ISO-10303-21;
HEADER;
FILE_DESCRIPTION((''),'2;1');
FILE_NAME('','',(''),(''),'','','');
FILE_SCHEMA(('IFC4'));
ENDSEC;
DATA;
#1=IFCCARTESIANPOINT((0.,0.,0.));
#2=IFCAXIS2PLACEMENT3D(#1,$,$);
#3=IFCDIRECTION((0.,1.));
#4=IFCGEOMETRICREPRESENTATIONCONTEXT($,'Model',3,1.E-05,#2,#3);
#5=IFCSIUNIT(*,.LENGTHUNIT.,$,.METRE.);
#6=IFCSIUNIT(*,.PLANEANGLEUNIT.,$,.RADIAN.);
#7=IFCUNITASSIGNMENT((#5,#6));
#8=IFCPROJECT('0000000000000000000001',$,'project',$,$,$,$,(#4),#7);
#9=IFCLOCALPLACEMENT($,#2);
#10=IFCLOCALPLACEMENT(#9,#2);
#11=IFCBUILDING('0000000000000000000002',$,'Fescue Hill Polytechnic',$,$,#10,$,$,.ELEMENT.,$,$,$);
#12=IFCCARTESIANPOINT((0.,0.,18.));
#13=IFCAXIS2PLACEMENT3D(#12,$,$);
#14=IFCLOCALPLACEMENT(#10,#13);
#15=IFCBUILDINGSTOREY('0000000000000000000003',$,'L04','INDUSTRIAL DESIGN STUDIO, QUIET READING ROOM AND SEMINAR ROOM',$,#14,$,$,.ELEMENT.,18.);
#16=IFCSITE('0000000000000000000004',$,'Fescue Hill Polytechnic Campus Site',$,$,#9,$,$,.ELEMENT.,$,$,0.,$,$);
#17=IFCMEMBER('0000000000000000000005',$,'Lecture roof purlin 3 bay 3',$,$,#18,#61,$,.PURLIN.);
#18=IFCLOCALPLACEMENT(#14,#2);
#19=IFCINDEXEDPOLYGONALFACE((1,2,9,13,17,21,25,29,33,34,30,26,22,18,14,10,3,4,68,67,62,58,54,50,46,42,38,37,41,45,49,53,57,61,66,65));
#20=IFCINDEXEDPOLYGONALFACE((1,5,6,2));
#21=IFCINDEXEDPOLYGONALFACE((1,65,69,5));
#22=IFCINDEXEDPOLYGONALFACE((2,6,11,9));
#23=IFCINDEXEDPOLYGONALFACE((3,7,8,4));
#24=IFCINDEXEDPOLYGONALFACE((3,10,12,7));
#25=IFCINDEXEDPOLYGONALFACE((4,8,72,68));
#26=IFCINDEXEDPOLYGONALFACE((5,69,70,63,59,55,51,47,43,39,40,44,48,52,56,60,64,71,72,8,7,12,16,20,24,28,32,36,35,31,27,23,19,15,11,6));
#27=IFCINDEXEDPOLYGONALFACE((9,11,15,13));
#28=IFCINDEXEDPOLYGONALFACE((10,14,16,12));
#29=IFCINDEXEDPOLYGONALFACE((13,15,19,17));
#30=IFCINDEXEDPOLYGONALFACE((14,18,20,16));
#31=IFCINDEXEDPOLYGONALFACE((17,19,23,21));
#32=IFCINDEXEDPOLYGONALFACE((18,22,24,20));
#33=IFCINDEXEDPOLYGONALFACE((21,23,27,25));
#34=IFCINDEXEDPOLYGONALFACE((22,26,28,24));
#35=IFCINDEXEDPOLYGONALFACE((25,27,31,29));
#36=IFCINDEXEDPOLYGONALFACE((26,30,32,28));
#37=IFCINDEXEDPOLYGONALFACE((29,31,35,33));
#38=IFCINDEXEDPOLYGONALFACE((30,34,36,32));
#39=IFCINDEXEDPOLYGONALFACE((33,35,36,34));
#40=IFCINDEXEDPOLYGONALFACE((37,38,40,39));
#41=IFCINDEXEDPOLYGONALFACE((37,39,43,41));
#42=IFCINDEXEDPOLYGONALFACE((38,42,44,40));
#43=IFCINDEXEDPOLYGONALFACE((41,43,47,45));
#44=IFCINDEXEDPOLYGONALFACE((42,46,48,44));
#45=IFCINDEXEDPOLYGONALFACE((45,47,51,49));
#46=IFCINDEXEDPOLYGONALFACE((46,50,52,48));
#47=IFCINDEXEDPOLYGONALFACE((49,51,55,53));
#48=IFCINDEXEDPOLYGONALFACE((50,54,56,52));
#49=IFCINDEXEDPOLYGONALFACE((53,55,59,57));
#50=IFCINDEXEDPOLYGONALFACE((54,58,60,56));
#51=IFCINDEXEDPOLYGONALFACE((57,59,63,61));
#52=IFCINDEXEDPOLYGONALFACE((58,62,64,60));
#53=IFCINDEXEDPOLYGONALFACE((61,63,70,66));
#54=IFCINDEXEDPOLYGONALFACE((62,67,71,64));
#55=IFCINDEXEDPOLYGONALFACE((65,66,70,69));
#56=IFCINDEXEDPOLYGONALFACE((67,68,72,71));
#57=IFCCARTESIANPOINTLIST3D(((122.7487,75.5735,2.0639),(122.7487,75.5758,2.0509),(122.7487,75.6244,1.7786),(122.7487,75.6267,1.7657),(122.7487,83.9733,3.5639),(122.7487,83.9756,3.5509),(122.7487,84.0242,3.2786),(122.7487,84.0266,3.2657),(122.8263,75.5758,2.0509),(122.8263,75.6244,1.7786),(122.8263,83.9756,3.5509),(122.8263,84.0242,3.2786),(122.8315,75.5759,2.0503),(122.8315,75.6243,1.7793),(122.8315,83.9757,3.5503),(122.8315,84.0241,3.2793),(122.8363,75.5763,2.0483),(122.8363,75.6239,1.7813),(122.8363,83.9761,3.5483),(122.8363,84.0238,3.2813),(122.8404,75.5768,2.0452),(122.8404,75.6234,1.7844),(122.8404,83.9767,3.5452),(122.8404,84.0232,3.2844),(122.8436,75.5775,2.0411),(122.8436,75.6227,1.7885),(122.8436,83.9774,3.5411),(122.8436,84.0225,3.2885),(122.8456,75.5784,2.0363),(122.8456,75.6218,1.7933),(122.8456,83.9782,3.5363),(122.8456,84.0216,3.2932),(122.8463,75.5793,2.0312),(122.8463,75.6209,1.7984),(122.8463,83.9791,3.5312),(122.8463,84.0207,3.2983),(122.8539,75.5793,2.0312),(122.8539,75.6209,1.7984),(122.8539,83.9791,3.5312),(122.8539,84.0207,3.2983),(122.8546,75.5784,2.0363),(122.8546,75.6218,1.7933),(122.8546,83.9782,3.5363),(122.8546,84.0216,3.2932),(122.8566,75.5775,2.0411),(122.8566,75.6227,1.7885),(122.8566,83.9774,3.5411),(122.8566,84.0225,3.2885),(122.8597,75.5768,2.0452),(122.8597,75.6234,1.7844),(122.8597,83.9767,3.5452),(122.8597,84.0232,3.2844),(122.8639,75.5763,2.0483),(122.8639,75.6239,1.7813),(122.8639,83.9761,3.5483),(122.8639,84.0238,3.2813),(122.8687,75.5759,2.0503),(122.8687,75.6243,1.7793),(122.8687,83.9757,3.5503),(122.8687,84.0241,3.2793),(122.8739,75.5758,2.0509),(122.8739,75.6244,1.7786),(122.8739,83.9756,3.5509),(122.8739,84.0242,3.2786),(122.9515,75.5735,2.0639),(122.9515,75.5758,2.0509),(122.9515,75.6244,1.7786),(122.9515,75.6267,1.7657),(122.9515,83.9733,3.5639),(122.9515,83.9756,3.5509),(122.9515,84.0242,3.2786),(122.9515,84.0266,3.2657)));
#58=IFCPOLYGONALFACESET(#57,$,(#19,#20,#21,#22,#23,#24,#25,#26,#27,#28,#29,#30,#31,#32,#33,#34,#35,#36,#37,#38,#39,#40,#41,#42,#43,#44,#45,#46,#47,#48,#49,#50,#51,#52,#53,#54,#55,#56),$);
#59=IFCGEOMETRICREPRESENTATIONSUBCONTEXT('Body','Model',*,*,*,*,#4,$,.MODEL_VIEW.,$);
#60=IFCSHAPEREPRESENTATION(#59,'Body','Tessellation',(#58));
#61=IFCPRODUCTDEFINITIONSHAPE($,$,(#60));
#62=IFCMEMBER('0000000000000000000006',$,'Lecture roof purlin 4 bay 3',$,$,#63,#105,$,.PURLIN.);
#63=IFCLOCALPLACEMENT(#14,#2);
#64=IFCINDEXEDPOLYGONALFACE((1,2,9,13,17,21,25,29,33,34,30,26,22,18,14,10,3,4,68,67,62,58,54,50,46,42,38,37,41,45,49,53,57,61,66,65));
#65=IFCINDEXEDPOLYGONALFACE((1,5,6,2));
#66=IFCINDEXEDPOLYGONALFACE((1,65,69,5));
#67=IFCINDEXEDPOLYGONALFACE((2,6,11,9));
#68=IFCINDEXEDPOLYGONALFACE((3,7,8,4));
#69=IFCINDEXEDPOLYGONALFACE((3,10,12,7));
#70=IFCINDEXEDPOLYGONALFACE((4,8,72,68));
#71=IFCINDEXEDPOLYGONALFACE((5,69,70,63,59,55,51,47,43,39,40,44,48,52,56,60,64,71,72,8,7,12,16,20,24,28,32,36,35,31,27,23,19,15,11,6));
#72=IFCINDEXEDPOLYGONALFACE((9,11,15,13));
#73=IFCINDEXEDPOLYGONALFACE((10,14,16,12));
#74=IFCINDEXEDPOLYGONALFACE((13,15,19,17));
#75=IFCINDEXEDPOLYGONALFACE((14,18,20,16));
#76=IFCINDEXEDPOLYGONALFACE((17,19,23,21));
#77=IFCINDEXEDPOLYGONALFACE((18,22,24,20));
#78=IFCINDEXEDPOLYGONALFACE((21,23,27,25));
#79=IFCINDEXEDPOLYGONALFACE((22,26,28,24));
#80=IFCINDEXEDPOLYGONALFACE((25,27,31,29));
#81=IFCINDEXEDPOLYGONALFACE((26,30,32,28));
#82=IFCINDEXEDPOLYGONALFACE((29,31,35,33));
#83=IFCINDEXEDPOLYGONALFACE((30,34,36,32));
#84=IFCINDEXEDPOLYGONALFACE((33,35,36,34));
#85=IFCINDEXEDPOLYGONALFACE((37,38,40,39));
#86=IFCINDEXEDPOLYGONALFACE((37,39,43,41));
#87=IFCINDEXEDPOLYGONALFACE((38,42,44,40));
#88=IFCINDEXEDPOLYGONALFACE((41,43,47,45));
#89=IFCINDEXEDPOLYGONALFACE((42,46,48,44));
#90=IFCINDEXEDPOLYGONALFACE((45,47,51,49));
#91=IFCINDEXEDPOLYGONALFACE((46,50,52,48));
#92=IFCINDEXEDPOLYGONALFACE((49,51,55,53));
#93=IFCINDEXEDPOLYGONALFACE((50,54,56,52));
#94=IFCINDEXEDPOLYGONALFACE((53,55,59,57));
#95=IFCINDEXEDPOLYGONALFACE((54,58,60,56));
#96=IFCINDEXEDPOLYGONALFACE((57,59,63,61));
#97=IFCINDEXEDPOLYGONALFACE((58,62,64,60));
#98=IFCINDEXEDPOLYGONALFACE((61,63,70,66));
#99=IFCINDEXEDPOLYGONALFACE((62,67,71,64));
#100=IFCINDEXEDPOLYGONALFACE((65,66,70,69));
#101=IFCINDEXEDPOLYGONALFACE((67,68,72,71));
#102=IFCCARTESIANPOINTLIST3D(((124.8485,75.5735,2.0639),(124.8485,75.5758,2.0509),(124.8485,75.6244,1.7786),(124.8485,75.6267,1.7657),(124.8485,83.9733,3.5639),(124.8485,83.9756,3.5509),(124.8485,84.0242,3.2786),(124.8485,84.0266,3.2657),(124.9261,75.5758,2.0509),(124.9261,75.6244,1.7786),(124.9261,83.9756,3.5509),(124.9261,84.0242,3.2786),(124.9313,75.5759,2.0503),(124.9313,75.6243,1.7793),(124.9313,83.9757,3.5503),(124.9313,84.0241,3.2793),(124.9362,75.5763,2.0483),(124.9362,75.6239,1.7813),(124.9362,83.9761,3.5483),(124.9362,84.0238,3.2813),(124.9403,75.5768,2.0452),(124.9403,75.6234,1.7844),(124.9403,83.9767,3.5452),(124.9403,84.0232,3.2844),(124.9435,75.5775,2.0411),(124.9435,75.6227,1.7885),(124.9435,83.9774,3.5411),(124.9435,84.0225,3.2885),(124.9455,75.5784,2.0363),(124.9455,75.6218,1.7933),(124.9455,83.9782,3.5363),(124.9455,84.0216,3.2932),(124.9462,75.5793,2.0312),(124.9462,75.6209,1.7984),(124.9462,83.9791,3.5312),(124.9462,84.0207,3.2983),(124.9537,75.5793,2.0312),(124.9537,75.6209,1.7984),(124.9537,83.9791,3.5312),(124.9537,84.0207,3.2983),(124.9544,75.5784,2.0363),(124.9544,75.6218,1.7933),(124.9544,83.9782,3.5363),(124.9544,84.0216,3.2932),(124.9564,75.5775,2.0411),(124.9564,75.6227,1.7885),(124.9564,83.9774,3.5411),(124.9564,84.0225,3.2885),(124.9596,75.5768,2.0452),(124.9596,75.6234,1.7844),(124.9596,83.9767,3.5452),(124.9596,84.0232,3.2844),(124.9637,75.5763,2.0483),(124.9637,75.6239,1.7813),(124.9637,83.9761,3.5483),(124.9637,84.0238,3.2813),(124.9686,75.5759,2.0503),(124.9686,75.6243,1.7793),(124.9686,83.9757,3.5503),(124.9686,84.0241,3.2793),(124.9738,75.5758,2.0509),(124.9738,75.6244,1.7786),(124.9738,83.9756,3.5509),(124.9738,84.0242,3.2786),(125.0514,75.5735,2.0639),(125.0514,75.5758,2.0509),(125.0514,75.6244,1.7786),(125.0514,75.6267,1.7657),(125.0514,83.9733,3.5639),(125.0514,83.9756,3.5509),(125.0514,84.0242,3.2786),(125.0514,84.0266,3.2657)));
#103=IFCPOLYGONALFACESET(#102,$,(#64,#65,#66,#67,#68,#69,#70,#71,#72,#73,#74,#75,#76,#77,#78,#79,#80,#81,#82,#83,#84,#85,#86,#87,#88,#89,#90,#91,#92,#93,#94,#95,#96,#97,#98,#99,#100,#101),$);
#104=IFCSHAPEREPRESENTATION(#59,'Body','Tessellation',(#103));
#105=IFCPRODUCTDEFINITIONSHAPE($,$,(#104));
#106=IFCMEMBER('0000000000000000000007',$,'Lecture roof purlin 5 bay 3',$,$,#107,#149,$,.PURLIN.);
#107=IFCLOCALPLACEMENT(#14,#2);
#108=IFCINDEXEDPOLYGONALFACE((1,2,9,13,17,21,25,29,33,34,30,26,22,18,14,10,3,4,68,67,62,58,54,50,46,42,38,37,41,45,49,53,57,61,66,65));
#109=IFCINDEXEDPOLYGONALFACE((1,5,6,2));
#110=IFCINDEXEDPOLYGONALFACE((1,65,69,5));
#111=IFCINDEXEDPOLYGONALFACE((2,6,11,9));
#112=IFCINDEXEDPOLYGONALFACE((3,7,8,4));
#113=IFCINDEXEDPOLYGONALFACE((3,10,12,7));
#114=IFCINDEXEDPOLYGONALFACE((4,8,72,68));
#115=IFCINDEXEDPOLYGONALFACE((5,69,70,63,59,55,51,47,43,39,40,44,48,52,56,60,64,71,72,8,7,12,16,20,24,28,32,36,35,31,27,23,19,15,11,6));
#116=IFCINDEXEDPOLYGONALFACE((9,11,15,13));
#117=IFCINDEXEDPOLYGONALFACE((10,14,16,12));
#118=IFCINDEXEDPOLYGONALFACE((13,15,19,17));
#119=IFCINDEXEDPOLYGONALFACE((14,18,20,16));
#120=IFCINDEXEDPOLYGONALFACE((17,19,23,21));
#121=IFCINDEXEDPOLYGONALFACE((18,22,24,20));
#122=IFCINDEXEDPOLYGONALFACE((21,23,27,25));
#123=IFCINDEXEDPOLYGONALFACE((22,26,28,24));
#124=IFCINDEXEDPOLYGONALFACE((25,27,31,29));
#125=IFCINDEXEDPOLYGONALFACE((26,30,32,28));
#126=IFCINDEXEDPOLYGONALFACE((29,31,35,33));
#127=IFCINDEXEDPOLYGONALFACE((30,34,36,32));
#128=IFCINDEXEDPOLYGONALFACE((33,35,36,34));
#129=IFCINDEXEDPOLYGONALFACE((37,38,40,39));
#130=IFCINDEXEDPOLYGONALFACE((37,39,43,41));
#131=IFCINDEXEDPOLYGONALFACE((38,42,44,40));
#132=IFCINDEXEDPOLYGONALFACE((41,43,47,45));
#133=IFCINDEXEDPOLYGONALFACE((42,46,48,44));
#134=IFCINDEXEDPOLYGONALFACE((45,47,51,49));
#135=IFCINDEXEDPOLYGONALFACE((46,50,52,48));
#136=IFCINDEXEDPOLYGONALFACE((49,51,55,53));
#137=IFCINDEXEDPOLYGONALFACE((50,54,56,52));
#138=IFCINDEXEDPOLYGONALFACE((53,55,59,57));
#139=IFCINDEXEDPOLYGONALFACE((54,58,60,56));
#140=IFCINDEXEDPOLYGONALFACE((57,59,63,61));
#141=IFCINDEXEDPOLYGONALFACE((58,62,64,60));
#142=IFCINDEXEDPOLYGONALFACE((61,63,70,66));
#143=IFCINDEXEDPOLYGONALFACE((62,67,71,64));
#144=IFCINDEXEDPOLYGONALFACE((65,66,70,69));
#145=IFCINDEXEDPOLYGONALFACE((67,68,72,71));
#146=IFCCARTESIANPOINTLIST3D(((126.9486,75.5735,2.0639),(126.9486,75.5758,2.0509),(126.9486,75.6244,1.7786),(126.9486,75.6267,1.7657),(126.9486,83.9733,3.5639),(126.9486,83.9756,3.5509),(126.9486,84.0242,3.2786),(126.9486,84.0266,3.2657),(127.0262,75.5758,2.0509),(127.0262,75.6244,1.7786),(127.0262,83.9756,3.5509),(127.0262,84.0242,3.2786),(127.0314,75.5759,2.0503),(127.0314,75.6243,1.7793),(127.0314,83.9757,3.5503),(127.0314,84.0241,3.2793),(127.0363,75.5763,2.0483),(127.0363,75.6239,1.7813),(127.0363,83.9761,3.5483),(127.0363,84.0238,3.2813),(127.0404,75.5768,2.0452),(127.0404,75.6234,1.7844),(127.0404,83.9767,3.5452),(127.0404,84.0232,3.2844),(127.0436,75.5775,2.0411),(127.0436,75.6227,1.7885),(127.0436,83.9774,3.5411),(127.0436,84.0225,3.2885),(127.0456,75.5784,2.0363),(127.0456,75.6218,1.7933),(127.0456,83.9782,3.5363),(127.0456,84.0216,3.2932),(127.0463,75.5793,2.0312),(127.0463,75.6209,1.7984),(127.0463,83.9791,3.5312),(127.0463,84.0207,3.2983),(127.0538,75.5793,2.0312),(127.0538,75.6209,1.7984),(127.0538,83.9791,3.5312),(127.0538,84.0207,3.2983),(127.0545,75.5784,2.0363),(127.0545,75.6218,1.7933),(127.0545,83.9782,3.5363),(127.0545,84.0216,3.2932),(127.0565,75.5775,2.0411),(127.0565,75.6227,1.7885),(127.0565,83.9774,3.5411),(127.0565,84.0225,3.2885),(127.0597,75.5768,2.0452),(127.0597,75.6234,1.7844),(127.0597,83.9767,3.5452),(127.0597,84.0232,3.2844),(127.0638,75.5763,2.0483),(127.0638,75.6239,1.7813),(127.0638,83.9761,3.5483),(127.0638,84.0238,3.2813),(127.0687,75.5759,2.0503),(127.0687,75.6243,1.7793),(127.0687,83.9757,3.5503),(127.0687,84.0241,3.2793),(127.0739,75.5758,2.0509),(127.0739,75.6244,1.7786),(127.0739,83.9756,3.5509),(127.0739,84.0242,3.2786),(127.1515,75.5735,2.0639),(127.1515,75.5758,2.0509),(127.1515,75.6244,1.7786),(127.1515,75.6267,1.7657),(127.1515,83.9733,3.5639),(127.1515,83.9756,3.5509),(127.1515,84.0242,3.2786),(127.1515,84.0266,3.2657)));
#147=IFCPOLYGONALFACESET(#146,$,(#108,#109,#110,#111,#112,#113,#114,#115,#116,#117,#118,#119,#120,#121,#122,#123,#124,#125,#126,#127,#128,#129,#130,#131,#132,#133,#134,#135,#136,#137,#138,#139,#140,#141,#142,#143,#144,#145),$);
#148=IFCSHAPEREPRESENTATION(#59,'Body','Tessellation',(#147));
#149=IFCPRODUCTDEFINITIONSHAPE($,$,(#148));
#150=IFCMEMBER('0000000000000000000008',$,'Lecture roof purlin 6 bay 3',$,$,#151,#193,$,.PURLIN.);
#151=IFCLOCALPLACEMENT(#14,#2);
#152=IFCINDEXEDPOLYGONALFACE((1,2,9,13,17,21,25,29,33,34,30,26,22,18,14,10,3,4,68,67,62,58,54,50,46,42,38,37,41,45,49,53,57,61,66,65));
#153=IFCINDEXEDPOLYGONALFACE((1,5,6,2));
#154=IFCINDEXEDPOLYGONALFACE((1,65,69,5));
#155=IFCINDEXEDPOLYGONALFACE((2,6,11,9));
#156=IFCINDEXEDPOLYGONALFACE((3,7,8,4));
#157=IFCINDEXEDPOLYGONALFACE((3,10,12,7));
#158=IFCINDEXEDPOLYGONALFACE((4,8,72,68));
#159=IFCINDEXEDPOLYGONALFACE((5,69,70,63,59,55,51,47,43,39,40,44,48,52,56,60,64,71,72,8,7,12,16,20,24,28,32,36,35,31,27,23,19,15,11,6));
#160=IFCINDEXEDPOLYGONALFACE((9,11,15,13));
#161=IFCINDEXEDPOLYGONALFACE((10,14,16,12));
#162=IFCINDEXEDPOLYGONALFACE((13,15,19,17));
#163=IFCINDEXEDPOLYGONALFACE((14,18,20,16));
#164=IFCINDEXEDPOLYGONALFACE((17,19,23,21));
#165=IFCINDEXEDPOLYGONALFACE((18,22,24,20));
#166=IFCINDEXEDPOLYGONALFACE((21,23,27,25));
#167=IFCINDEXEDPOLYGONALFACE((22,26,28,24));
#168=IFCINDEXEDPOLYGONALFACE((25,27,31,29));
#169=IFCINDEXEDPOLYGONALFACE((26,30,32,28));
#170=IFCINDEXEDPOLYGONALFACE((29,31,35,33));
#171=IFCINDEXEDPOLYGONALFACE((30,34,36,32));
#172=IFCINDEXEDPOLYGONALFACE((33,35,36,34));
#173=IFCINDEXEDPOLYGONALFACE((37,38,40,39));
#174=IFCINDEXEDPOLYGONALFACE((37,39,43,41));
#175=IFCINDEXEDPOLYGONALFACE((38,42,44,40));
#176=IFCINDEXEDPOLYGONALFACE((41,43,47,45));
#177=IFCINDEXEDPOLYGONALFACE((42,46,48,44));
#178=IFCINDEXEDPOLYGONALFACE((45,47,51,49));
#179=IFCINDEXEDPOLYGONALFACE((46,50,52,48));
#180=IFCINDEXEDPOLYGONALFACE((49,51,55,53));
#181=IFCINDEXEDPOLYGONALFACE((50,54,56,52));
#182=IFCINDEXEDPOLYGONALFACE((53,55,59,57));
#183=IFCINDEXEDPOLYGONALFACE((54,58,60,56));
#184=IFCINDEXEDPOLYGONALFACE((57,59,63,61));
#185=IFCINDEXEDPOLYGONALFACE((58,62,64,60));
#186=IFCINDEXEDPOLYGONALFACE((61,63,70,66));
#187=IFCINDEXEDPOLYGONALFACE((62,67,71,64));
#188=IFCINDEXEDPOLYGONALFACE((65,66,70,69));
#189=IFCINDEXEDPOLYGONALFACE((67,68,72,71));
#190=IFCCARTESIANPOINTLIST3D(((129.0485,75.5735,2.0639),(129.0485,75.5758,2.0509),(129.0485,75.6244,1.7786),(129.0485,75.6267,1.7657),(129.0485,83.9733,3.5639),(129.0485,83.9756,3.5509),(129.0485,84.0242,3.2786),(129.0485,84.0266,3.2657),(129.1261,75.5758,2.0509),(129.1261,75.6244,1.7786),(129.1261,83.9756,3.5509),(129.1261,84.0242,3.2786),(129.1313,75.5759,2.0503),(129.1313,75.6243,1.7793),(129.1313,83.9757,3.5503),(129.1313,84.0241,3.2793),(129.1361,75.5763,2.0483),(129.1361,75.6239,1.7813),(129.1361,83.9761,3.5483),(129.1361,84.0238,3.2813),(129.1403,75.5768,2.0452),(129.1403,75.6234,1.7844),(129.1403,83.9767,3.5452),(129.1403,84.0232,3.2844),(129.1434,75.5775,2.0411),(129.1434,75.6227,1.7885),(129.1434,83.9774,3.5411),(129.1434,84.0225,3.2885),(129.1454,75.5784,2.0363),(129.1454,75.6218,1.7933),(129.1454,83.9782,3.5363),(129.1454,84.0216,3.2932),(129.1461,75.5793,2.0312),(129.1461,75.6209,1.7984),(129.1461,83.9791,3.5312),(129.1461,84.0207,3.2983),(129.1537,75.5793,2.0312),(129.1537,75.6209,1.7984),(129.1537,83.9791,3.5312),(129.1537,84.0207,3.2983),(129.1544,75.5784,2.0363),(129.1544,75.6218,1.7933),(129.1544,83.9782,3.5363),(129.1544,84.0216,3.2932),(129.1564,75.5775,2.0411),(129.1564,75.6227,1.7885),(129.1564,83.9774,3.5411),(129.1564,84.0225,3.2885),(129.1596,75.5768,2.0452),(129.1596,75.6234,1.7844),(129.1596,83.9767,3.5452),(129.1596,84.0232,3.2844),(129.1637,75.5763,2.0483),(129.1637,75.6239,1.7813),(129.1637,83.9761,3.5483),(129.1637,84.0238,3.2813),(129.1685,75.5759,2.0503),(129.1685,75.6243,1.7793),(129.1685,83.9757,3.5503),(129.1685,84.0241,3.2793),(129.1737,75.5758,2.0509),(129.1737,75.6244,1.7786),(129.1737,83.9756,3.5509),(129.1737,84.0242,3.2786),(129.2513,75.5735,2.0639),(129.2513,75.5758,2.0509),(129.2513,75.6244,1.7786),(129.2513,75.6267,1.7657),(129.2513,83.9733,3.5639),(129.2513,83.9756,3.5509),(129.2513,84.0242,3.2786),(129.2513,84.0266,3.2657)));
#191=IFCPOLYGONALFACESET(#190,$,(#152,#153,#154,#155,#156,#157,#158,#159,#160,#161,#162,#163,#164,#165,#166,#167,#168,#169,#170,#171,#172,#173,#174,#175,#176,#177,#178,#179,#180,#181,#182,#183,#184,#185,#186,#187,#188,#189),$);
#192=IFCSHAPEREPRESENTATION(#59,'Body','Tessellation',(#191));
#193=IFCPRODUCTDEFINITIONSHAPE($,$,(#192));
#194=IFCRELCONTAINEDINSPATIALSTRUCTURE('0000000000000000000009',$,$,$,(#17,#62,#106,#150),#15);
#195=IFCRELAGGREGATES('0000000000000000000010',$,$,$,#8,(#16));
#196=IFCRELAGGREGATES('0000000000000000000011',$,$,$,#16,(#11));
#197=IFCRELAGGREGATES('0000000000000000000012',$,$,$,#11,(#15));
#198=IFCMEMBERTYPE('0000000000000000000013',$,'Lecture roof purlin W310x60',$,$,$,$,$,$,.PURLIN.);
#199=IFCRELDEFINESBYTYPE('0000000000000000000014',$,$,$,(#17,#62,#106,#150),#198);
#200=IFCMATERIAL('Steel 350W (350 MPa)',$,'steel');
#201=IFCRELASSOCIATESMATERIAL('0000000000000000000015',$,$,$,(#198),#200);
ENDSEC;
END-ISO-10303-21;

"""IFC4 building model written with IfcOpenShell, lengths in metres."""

from ifc_helpers import new_model, si_unit, direction, frame, origin, origin_2d, place, context, subcontext, project, spatial, i_section, extrude, material, material_profile, profile_set, type_object, element, save


model = new_model("IFC4")

# Units and contexts
model_context = context("Model", 3, precision=1e-05, world=origin(), true_north=direction((0.0, 1.0)))
body_context = subcontext(model_context, "Body", "Model", "MODEL_VIEW")
ifc_project = project(units=[si_unit("LENGTHUNIT", "METRE"), si_unit("PLANEANGLEUNIT", "RADIAN")], contexts=[model_context])

# Site, building, storey
site_placement = place(None, origin())
site = spatial("IfcSite", under=ifc_project, at=site_placement, Name="Fescue Hill Polytechnic Campus Site", CompositionType="ELEMENT", RefElevation=0.0)
building_placement = place(site_placement, origin())
building = spatial("IfcBuilding", under=site, at=building_placement, Name="Fescue Hill Polytechnic", CompositionType="ELEMENT")
storey_placement = place(building_placement, frame((0.0, 0.0, 18.0)))
storey = spatial("IfcBuildingStorey", under=building, at=storey_placement, Name="L04", Description="INDUSTRIAL DESIGN STUDIO, QUIET READING ROOM AND SEMINAR ROOM", CompositionType="ELEMENT", Elevation=18.0)

# Shared definitions
ifc_material_1 = material(Name="Steel 350W (350 MPa)", Category="steel")

# Members
ifc_material_profile_1 = material_profile(ifc_material_1, i_section(OverallWidth=0.2029, OverallDepth=0.303, WebThickness=0.0076, FlangeThickness=0.0132, FilletRadius=0.02, at=origin_2d()), Name="W310x60")
ifc_profile_set_1 = profile_set([ifc_material_profile_1], Name="Steel 350W (350 MPa)")
member_type = type_object("IfcMemberType", Name="Lecture roof purlin W310x60", PredefinedType="PURLIN", material=ifc_profile_set_1)
for number, where, z_axis, x_axis, name in (
    (1, (122.8501, 75.6001, 1.9148), (0.0, 0.984427, 0.175793), (-1.0, 0.0, 0.0), "Lecture roof purlin 3 bay 3"),
    (2, (124.95, 75.6001, 1.9148), (0.0, 0.984427, 0.175793), (-1.0, 0.0, 0.0), "Lecture roof purlin 4 bay 3"),
    (3, (127.05, 75.6001, 1.9148), (0.0, 0.984427, 0.175793), (-1.0, 0.0, 0.0), "Lecture roof purlin 5 bay 3"),
    (4, (129.1499, 75.6001, 1.9148), (0.0, 0.984427, 0.175793), (-1.0, 0.0, 0.0), "Lecture roof purlin 6 bay 3"),
):
    element("IfcMember", number, at=place(storey_placement, frame(where, z_axis=z_axis, x_axis=x_axis)), inside=storey, type_object=member_type, Name=name, PredefinedType="PURLIN", context=body_context, shape_type="SweptSolid", body=[
        extrude(i_section(OverallWidth=0.2029, OverallDepth=0.303, WebThickness=0.0076, FlangeThickness=0.0132, FilletRadius=0.02, at=origin_2d()), origin(), (0.0, 0.0, 1.0), 8.5327),
    ])

save(model, "model.ifc")
